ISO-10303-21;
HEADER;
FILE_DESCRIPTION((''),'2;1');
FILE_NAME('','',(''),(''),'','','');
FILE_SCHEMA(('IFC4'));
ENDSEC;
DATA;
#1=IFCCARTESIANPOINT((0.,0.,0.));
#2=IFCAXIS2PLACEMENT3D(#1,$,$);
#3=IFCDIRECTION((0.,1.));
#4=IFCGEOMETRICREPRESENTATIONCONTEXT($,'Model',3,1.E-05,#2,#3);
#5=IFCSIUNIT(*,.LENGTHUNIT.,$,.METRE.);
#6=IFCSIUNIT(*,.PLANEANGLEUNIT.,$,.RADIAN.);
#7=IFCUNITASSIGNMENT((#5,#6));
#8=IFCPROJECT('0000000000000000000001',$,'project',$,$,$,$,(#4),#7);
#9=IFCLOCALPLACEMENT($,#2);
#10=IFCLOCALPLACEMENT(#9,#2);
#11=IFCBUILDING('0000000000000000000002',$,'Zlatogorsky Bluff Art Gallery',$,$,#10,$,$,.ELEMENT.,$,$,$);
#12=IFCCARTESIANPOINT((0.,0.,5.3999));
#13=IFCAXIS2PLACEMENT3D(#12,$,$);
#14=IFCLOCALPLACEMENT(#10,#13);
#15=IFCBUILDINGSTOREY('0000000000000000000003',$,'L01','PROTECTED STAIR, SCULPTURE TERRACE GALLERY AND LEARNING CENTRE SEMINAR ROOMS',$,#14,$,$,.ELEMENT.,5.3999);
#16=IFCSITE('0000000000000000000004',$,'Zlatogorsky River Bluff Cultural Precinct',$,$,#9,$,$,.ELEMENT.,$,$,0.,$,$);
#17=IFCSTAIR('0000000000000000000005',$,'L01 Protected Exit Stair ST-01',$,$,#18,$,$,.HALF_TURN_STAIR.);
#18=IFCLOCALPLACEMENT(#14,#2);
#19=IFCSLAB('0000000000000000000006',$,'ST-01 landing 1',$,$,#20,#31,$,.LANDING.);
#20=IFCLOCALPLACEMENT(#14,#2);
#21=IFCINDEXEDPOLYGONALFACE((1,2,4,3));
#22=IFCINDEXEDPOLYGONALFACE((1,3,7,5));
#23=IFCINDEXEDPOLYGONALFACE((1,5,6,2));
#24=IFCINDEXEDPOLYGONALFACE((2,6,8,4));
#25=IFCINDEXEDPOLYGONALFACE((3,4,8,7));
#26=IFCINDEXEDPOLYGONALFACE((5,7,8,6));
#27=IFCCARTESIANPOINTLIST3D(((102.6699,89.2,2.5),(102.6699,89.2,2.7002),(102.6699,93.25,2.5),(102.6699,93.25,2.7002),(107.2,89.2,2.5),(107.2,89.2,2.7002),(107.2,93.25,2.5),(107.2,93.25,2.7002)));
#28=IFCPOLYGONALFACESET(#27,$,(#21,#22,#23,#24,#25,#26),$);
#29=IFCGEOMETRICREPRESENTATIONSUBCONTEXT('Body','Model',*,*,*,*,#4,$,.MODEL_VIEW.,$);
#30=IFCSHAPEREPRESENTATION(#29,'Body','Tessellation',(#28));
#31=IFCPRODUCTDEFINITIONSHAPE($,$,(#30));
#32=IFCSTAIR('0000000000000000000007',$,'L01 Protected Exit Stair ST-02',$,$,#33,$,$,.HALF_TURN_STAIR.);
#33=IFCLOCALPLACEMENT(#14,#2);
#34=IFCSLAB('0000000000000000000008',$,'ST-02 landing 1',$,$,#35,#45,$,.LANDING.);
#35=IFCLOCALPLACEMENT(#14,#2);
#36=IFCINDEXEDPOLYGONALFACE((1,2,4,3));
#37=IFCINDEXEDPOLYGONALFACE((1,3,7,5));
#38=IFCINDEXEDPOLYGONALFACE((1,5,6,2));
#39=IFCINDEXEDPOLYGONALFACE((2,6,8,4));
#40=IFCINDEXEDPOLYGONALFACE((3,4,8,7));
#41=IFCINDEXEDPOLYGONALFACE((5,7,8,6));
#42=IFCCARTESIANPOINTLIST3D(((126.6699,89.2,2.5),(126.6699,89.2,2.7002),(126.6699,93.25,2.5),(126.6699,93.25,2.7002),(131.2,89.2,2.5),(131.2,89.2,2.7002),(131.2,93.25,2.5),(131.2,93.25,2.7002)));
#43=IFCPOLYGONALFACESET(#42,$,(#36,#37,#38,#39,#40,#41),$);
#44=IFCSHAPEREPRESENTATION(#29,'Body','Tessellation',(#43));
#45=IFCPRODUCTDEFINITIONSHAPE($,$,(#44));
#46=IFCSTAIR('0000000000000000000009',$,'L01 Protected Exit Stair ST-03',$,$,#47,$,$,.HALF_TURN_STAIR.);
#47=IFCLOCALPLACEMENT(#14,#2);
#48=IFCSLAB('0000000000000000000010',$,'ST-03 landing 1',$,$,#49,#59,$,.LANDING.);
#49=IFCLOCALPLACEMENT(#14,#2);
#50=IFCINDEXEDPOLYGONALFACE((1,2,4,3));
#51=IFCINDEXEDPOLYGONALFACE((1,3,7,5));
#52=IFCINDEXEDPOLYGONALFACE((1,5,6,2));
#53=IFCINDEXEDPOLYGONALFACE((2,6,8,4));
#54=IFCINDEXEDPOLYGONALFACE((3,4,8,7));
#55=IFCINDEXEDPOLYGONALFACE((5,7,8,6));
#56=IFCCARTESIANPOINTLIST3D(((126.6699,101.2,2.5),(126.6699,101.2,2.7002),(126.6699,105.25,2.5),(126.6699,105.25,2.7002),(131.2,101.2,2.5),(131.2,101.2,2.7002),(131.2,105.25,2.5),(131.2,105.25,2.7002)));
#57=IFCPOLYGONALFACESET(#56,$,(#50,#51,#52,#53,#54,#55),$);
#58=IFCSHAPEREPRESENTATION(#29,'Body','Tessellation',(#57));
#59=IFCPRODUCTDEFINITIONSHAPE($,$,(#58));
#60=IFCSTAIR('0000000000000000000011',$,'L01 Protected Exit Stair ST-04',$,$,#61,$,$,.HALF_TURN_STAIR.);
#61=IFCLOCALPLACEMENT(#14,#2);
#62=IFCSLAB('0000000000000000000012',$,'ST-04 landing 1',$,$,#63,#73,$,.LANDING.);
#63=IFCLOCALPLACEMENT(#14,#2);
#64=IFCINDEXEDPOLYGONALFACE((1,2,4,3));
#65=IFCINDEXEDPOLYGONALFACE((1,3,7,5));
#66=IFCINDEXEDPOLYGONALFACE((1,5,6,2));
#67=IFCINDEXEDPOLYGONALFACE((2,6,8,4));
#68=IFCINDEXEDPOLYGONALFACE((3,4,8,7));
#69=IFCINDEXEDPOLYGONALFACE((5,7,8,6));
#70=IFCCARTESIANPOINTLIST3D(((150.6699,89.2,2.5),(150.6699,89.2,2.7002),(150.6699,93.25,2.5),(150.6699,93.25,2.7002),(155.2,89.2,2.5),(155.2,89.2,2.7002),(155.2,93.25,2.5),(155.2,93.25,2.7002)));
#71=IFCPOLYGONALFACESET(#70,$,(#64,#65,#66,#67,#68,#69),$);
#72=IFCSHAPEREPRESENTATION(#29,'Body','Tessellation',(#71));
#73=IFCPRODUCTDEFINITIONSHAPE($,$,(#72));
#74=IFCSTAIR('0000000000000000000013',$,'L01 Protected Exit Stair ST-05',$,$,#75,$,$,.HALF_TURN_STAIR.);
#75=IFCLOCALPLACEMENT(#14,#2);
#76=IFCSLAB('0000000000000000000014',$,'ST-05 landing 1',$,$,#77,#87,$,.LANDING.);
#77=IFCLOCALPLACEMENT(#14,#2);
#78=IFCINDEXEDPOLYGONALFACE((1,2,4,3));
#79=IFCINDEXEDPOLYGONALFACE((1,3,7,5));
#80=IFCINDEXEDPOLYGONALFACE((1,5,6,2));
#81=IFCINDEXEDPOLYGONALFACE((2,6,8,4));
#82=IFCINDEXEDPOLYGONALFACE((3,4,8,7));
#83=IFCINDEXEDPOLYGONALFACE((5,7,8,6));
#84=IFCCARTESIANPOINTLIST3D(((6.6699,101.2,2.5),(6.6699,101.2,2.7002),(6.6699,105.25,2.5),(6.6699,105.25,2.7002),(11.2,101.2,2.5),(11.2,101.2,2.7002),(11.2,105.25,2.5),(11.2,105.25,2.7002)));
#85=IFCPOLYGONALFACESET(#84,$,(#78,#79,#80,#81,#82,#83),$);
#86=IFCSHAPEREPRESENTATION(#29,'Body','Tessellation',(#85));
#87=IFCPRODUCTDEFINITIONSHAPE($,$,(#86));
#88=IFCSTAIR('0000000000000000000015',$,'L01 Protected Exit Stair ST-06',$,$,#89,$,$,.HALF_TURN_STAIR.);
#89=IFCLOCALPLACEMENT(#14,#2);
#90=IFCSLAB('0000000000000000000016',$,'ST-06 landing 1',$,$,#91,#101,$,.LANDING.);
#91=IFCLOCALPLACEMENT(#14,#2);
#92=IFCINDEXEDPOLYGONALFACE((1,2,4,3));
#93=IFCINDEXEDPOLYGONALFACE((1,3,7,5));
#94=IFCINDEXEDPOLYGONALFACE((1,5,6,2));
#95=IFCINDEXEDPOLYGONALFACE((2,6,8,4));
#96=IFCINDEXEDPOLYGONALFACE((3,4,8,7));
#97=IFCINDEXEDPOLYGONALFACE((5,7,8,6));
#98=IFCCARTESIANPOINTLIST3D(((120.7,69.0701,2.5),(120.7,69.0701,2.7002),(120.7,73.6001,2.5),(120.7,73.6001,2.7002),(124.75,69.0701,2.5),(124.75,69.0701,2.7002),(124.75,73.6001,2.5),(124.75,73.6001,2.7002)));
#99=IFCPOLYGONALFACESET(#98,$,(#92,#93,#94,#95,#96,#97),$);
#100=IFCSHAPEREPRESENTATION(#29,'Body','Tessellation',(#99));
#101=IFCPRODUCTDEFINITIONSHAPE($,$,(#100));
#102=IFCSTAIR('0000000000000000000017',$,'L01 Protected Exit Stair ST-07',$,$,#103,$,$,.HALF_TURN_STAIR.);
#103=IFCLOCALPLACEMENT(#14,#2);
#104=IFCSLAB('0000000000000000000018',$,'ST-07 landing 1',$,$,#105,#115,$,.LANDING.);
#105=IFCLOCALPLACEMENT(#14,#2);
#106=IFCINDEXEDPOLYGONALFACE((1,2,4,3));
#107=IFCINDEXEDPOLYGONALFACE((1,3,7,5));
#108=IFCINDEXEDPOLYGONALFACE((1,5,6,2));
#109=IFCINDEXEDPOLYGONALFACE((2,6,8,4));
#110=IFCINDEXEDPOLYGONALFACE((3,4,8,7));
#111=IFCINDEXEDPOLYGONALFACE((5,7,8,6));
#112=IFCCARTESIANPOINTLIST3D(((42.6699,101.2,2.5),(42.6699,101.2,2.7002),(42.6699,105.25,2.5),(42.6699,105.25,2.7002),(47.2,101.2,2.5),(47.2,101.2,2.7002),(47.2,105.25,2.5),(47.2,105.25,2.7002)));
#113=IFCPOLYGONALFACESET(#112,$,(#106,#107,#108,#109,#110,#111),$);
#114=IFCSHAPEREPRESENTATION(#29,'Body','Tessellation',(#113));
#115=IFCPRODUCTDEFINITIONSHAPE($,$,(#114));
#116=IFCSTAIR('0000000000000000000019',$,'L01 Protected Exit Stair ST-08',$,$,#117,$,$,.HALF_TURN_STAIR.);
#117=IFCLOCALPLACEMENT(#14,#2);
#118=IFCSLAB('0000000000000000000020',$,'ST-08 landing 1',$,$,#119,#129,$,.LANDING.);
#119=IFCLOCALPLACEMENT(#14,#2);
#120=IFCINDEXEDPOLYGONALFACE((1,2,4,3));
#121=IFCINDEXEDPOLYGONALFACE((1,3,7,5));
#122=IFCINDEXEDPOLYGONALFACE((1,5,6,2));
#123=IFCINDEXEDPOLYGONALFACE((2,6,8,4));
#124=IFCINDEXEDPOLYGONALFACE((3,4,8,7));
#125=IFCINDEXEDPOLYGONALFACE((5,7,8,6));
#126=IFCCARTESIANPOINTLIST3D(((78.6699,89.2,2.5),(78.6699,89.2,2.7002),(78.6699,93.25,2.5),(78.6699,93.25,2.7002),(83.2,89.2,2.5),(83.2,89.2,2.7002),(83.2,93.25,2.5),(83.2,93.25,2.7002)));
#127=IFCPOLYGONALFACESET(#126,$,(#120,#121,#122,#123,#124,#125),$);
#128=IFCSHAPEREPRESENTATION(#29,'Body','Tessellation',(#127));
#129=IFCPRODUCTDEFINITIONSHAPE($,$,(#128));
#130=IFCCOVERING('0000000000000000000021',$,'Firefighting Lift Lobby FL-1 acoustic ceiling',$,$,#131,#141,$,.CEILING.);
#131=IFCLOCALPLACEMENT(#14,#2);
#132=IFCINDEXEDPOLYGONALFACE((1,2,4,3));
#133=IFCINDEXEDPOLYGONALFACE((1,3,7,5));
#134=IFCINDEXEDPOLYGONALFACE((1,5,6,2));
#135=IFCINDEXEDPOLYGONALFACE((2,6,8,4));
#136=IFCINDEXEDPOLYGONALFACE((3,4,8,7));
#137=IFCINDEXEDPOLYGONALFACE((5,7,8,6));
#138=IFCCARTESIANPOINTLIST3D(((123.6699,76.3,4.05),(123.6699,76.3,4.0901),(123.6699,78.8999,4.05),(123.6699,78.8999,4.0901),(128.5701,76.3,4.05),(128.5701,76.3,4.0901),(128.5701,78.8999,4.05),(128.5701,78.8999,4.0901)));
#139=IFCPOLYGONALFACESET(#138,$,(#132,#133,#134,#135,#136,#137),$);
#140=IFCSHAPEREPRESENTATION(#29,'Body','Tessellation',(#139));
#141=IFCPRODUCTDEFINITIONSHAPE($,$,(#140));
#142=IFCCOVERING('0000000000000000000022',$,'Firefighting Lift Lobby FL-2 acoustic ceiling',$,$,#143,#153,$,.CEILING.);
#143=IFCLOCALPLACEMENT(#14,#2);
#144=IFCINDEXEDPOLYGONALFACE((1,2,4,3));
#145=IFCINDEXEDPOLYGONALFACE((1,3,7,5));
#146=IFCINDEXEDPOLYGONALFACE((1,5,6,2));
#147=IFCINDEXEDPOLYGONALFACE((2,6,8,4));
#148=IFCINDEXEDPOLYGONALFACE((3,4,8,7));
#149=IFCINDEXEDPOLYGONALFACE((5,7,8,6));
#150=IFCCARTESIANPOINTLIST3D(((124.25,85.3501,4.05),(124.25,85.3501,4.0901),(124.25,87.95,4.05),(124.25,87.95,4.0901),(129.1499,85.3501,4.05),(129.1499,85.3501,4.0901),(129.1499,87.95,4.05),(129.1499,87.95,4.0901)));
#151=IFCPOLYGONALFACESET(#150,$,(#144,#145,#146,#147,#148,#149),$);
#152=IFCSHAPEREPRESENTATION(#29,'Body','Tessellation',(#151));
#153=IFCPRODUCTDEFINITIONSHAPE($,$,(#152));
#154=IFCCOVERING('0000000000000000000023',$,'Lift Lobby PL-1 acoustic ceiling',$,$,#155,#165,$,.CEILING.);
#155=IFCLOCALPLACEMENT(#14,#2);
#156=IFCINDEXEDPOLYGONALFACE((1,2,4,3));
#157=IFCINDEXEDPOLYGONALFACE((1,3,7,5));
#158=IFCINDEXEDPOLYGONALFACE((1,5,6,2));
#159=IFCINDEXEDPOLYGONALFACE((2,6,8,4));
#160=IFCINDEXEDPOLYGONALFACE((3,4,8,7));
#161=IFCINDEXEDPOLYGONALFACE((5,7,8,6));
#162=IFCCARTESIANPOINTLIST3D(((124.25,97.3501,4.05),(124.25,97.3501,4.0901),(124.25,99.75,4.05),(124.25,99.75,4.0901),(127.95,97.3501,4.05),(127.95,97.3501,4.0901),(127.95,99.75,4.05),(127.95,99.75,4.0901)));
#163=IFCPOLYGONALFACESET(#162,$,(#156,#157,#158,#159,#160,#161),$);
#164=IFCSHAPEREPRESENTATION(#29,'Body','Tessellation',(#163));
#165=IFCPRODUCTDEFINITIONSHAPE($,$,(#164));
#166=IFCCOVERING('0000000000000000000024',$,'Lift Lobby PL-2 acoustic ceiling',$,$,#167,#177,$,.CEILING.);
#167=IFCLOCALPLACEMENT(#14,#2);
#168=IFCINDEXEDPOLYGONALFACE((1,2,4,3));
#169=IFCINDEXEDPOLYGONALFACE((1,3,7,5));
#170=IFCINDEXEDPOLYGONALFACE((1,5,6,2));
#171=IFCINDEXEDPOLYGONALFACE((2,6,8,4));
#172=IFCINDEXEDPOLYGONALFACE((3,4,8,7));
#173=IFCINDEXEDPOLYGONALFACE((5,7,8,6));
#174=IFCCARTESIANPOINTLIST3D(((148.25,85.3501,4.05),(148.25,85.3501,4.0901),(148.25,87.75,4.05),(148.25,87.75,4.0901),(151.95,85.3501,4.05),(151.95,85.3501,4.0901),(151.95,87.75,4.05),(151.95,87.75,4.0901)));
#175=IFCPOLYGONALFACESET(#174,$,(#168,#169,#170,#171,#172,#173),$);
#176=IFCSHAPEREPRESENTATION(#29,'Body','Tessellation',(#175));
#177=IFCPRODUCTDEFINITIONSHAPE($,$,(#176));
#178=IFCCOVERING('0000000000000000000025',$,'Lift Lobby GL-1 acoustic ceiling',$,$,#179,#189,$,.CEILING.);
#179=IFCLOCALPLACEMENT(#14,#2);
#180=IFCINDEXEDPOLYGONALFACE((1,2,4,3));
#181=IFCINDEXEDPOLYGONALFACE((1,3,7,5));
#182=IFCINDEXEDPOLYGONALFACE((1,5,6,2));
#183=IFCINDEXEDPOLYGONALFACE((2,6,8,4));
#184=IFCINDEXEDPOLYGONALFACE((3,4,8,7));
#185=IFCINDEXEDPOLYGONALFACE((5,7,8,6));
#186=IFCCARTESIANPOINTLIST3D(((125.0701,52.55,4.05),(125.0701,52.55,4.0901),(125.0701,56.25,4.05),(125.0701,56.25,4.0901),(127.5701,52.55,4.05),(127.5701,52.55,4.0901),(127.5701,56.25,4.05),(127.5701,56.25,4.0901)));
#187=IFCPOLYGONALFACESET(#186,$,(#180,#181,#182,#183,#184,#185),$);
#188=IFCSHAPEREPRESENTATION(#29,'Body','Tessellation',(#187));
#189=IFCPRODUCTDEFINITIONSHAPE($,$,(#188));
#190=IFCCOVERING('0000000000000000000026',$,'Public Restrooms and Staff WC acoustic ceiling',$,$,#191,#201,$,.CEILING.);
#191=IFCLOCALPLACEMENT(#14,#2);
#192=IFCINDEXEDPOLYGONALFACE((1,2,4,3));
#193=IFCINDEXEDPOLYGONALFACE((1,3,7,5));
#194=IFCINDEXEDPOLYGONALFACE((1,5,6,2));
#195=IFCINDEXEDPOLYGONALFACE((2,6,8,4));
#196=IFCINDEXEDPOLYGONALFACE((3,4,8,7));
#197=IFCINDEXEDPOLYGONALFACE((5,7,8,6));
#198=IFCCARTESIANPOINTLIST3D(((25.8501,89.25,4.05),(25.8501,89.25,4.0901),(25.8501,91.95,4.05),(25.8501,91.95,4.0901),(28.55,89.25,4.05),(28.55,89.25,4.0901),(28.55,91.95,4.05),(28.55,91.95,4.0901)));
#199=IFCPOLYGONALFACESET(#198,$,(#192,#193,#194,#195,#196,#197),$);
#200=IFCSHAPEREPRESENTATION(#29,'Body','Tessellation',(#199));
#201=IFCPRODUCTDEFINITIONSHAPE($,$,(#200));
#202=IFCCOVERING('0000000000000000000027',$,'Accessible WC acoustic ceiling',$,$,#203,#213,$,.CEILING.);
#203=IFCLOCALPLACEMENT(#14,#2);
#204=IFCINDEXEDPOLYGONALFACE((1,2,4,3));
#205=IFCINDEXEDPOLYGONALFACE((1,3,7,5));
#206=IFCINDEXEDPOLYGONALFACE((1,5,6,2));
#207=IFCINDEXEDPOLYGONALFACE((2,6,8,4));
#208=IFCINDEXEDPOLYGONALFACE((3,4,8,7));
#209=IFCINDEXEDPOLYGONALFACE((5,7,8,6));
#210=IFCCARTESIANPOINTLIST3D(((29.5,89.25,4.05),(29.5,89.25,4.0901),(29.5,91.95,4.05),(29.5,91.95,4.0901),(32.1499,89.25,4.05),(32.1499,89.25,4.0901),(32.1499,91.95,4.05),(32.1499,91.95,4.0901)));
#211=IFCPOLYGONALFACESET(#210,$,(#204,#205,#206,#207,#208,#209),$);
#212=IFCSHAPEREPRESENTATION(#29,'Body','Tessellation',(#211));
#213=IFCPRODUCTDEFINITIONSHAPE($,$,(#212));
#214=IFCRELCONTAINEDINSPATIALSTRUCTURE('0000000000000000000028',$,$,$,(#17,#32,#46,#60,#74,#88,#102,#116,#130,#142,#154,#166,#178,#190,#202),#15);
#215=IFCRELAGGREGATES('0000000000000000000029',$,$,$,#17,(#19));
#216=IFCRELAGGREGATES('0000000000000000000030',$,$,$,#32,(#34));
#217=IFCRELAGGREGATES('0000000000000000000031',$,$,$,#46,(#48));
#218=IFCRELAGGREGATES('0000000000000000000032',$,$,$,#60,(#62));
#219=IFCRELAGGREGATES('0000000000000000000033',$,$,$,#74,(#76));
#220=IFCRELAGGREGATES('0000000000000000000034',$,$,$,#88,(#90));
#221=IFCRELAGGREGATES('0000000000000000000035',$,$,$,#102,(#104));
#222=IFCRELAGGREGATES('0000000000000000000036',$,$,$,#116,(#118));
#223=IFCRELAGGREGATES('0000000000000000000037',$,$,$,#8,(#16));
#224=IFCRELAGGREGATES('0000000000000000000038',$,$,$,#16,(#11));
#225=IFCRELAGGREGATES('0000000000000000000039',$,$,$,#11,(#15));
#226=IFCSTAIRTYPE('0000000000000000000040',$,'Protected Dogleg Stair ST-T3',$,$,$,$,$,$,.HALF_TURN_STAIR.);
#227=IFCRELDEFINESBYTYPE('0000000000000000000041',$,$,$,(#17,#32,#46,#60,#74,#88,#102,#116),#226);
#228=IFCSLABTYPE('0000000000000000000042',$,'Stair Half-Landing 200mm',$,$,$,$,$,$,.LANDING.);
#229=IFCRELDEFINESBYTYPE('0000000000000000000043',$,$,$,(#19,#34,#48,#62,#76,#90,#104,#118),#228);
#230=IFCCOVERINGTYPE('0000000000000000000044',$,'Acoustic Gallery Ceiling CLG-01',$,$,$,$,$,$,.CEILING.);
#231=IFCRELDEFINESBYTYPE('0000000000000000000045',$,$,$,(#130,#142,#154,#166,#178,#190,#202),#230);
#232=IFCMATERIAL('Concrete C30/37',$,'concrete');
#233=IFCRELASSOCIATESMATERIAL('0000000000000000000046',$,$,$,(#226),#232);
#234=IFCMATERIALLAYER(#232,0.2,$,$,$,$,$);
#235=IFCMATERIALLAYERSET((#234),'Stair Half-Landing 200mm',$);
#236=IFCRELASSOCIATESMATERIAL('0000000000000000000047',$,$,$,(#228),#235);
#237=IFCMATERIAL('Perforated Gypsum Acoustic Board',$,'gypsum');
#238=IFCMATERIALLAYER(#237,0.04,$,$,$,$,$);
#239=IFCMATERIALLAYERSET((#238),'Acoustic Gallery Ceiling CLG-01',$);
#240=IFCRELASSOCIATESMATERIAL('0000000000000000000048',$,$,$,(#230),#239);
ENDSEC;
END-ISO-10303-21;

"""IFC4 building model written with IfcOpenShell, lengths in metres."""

from ifc_helpers import new_model, si_unit, direction, frame, origin, place, context, subcontext, project, spatial, polyline, outline, extrude, material, layer, layer_set, type_object, element, aggregate, save


model = new_model("IFC4")

# Units and contexts
model_context = context("Model", 3, precision=1e-05, world=origin(), true_north=direction((0.0, 1.0)))
body_context = subcontext(model_context, "Body", "Model", "MODEL_VIEW")
ifc_project = project(units=[si_unit("LENGTHUNIT", "METRE"), si_unit("PLANEANGLEUNIT", "RADIAN")], contexts=[model_context])

# Site, building, storey
site_placement = place(None, origin())
site = spatial("IfcSite", under=ifc_project, at=site_placement, Name="Zlatogorsky River Bluff Cultural Precinct", CompositionType="ELEMENT", RefElevation=0.0)
building_placement = place(site_placement, origin())
building = spatial("IfcBuilding", under=site, at=building_placement, Name="Zlatogorsky Bluff Art Gallery", CompositionType="ELEMENT")
storey_placement = place(building_placement, frame((0.0, 0.0, 5.3999)))
storey = spatial("IfcBuildingStorey", under=building, at=storey_placement, Name="L01", Description="PROTECTED STAIR, SCULPTURE TERRACE GALLERY AND LEARNING CENTRE SEMINAR ROOMS", CompositionType="ELEMENT", Elevation=5.3999)

# Stairs, slabs
ifc_material_1 = material(Name="Concrete C30/37", Category="concrete")
stair_type = type_object("IfcStairType", Name="Protected Dogleg Stair ST-T3", PredefinedType="HALF_TURN_STAIR", material=ifc_material_1)
stair_1_placement = place(storey_placement, origin())
stair_1 = element("IfcStair", 1, at=stair_1_placement, inside=storey, type_object=stair_type, Name="L01 Protected Exit Stair ST-01", PredefinedType="HALF_TURN_STAIR")
ifc_layer_1 = layer(ifc_material_1, 0.2)
ifc_layer_set_1 = layer_set([ifc_layer_1], Name="Stair Half-Landing 200mm")
slab_type = type_object("IfcSlabType", Name="Stair Half-Landing 200mm", PredefinedType="LANDING", material=ifc_layer_set_1)
slab_1_placement = place(storey_placement, frame((0.0, 0.0, 2.5)))
slab_1 = element("IfcSlab", 2, at=slab_1_placement, type_object=slab_type, Name="ST-01 landing 1", PredefinedType="LANDING", context=body_context, shape_type="SweptSolid", body=[
    extrude(outline(polyline([(102.6699, 89.2), (107.2, 89.2), (107.2, 93.25), (102.6699, 93.25), (102.6699, 89.2)])), origin(), (0.0, 0.0, 1.0), 0.2002),
])
aggregate(stair_1, [slab_1])
stair_2_placement = place(storey_placement, origin())
stair_2 = element("IfcStair", 3, at=stair_2_placement, inside=storey, type_object=stair_type, Name="L01 Protected Exit Stair ST-02", PredefinedType="HALF_TURN_STAIR")
slab_2_placement = place(storey_placement, frame((0.0, 0.0, 2.5)))
slab_2 = element("IfcSlab", 4, at=slab_2_placement, type_object=slab_type, Name="ST-02 landing 1", PredefinedType="LANDING", context=body_context, shape_type="SweptSolid", body=[
    extrude(outline(polyline([(126.6699, 89.2), (131.2, 89.2), (131.2, 93.25), (126.6699, 93.25), (126.6699, 89.2)])), origin(), (0.0, 0.0, 1.0), 0.2002),
])
aggregate(stair_2, [slab_2])
stair_3_placement = place(storey_placement, origin())
stair_3 = element("IfcStair", 5, at=stair_3_placement, inside=storey, type_object=stair_type, Name="L01 Protected Exit Stair ST-03", PredefinedType="HALF_TURN_STAIR")
slab_3_placement = place(storey_placement, frame((0.0, 0.0, 2.5)))
slab_3 = element("IfcSlab", 6, at=slab_3_placement, type_object=slab_type, Name="ST-03 landing 1", PredefinedType="LANDING", context=body_context, shape_type="SweptSolid", body=[
    extrude(outline(polyline([(126.6699, 101.2), (131.2, 101.2), (131.2, 105.25), (126.6699, 105.25), (126.6699, 101.2)])), origin(), (0.0, 0.0, 1.0), 0.2002),
])
aggregate(stair_3, [slab_3])
stair_4_placement = place(storey_placement, origin())
stair_4 = element("IfcStair", 7, at=stair_4_placement, inside=storey, type_object=stair_type, Name="L01 Protected Exit Stair ST-04", PredefinedType="HALF_TURN_STAIR")
slab_4_placement = place(storey_placement, frame((0.0, 0.0, 2.5)))
slab_4 = element("IfcSlab", 8, at=slab_4_placement, type_object=slab_type, Name="ST-04 landing 1", PredefinedType="LANDING", context=body_context, shape_type="SweptSolid", body=[
    extrude(outline(polyline([(150.6699, 89.2), (155.2, 89.2), (155.2, 93.25), (150.6699, 93.25), (150.6699, 89.2)])), origin(), (0.0, 0.0, 1.0), 0.2002),
])
aggregate(stair_4, [slab_4])
stair_5_placement = place(storey_placement, origin())
stair_5 = element("IfcStair", 9, at=stair_5_placement, inside=storey, type_object=stair_type, Name="L01 Protected Exit Stair ST-05", PredefinedType="HALF_TURN_STAIR")
slab_5_placement = place(storey_placement, frame((0.0, 0.0, 2.5)))
slab_5 = element("IfcSlab", 10, at=slab_5_placement, type_object=slab_type, Name="ST-05 landing 1", PredefinedType="LANDING", context=body_context, shape_type="SweptSolid", body=[
    extrude(outline(polyline([(6.6699, 101.2), (11.2, 101.2), (11.2, 105.25), (6.6699, 105.25), (6.6699, 101.2)])), origin(), (0.0, 0.0, 1.0), 0.2002),
])
aggregate(stair_5, [slab_5])
stair_6_placement = place(storey_placement, origin())
stair_6 = element("IfcStair", 11, at=stair_6_placement, inside=storey, type_object=stair_type, Name="L01 Protected Exit Stair ST-06", PredefinedType="HALF_TURN_STAIR")
slab_6_placement = place(storey_placement, frame((0.0, 0.0, 2.5)))
slab_6 = element("IfcSlab", 12, at=slab_6_placement, type_object=slab_type, Name="ST-06 landing 1", PredefinedType="LANDING", context=body_context, shape_type="SweptSolid", body=[
    extrude(outline(polyline([(124.75, 69.0701), (124.75, 73.6001), (120.7, 73.6001), (120.7, 69.0701), (124.75, 69.0701)])), origin(), (0.0, 0.0, 1.0), 0.2002),
])
aggregate(stair_6, [slab_6])
stair_7_placement = place(storey_placement, origin())
stair_7 = element("IfcStair", 13, at=stair_7_placement, inside=storey, type_object=stair_type, Name="L01 Protected Exit Stair ST-07", PredefinedType="HALF_TURN_STAIR")
slab_7_placement = place(storey_placement, frame((0.0, 0.0, 2.5)))
slab_7 = element("IfcSlab", 14, at=slab_7_placement, type_object=slab_type, Name="ST-07 landing 1", PredefinedType="LANDING", context=body_context, shape_type="SweptSolid", body=[
    extrude(outline(polyline([(42.6699, 101.2), (47.2, 101.2), (47.2, 105.25), (42.6699, 105.25), (42.6699, 101.2)])), origin(), (0.0, 0.0, 1.0), 0.2002),
])
aggregate(stair_7, [slab_7])
stair_8_placement = place(storey_placement, origin())
stair_8 = element("IfcStair", 15, at=stair_8_placement, inside=storey, type_object=stair_type, Name="L01 Protected Exit Stair ST-08", PredefinedType="HALF_TURN_STAIR")
slab_8_placement = place(storey_placement, frame((0.0, 0.0, 2.5)))
slab_8 = element("IfcSlab", 16, at=slab_8_placement, type_object=slab_type, Name="ST-08 landing 1", PredefinedType="LANDING", context=body_context, shape_type="SweptSolid", body=[
    extrude(outline(polyline([(78.6699, 89.2), (83.2, 89.2), (83.2, 93.25), (78.6699, 93.25), (78.6699, 89.2)])), origin(), (0.0, 0.0, 1.0), 0.2002),
])
aggregate(stair_8, [slab_8])

# Coverings
ifc_material_2 = material(Name="Perforated Gypsum Acoustic Board", Category="gypsum")
ifc_layer_2 = layer(ifc_material_2, 0.04)
ifc_layer_set_2 = layer_set([ifc_layer_2], Name="Acoustic Gallery Ceiling CLG-01")
covering_type_1 = type_object("IfcCoveringType", Name="Acoustic Gallery Ceiling CLG-01", PredefinedType="CEILING", material=ifc_layer_set_2)
covering_1_placement = place(storey_placement, frame((0.0, 0.0, 4.05)))
element("IfcCovering", 17, at=covering_1_placement, inside=storey, type_object=covering_type_1, Name="Firefighting Lift Lobby FL-1 acoustic ceiling", PredefinedType="CEILING", context=body_context, shape_type="SweptSolid", body=[
    extrude(outline(polyline([(128.5701, 78.8999), (128.5701, 76.3), (123.6699, 76.3), (123.6699, 78.8999), (128.5701, 78.8999)])), origin(), (0.0, 0.0, 1.0), 0.04),
])
covering_2_placement = place(storey_placement, frame((0.0, 0.0, 4.05)))
element("IfcCovering", 18, at=covering_2_placement, inside=storey, type_object=covering_type_1, Name="Firefighting Lift Lobby FL-2 acoustic ceiling", PredefinedType="CEILING", context=body_context, shape_type="SweptSolid", body=[
    extrude(outline(polyline([(129.1499, 87.95), (129.1499, 85.3501), (124.25, 85.3501), (124.25, 87.95), (129.1499, 87.95)])), origin(), (0.0, 0.0, 1.0), 0.04),
])
covering_3_placement = place(storey_placement, frame((0.0, 0.0, 4.05)))
element("IfcCovering", 19, at=covering_3_placement, inside=storey, type_object=covering_type_1, Name="Lift Lobby PL-1 acoustic ceiling", PredefinedType="CEILING", context=body_context, shape_type="SweptSolid", body=[
    extrude(outline(polyline([(127.95, 99.75), (127.95, 97.3501), (124.25, 97.3501), (124.25, 99.75), (127.95, 99.75)])), origin(), (0.0, 0.0, 1.0), 0.04),
])
covering_4_placement = place(storey_placement, frame((0.0, 0.0, 4.05)))
element("IfcCovering", 20, at=covering_4_placement, inside=storey, type_object=covering_type_1, Name="Lift Lobby PL-2 acoustic ceiling", PredefinedType="CEILING", context=body_context, shape_type="SweptSolid", body=[
    extrude(outline(polyline([(151.95, 87.75), (151.95, 85.3501), (148.25, 85.3501), (148.25, 87.75), (151.95, 87.75)])), origin(), (0.0, 0.0, 1.0), 0.04),
])
covering_5_placement = place(storey_placement, frame((0.0, 0.0, 4.05)))
element("IfcCovering", 21, at=covering_5_placement, inside=storey, type_object=covering_type_1, Name="Lift Lobby GL-1 acoustic ceiling", PredefinedType="CEILING", context=body_context, shape_type="SweptSolid", body=[
    extrude(outline(polyline([(125.0701, 52.55), (125.0701, 56.25), (127.5701, 56.25), (127.5701, 52.55), (125.0701, 52.55)])), origin(), (0.0, 0.0, 1.0), 0.04),
])
covering_6_placement = place(storey_placement, frame((0.0, 0.0, 4.05)))
element("IfcCovering", 22, at=covering_6_placement, inside=storey, type_object=covering_type_1, Name="Public Restrooms and Staff WC acoustic ceiling", PredefinedType="CEILING", context=body_context, shape_type="SweptSolid", body=[
    extrude(outline(polyline([(28.55, 91.95), (28.55, 89.25), (25.8501, 89.25), (25.8501, 91.95), (28.55, 91.95)])), origin(), (0.0, 0.0, 1.0), 0.04),
])
covering_7_placement = place(storey_placement, frame((0.0, 0.0, 4.05)))
element("IfcCovering", 23, at=covering_7_placement, inside=storey, type_object=covering_type_1, Name="Accessible WC acoustic ceiling", PredefinedType="CEILING", context=body_context, shape_type="SweptSolid", body=[
    extrude(outline(polyline([(32.1499, 89.25), (29.5, 89.25), (29.5, 91.95), (32.1499, 91.95), (32.1499, 89.25)])), origin(), (0.0, 0.0, 1.0), 0.04),
])

save(model, "model.ifc")
